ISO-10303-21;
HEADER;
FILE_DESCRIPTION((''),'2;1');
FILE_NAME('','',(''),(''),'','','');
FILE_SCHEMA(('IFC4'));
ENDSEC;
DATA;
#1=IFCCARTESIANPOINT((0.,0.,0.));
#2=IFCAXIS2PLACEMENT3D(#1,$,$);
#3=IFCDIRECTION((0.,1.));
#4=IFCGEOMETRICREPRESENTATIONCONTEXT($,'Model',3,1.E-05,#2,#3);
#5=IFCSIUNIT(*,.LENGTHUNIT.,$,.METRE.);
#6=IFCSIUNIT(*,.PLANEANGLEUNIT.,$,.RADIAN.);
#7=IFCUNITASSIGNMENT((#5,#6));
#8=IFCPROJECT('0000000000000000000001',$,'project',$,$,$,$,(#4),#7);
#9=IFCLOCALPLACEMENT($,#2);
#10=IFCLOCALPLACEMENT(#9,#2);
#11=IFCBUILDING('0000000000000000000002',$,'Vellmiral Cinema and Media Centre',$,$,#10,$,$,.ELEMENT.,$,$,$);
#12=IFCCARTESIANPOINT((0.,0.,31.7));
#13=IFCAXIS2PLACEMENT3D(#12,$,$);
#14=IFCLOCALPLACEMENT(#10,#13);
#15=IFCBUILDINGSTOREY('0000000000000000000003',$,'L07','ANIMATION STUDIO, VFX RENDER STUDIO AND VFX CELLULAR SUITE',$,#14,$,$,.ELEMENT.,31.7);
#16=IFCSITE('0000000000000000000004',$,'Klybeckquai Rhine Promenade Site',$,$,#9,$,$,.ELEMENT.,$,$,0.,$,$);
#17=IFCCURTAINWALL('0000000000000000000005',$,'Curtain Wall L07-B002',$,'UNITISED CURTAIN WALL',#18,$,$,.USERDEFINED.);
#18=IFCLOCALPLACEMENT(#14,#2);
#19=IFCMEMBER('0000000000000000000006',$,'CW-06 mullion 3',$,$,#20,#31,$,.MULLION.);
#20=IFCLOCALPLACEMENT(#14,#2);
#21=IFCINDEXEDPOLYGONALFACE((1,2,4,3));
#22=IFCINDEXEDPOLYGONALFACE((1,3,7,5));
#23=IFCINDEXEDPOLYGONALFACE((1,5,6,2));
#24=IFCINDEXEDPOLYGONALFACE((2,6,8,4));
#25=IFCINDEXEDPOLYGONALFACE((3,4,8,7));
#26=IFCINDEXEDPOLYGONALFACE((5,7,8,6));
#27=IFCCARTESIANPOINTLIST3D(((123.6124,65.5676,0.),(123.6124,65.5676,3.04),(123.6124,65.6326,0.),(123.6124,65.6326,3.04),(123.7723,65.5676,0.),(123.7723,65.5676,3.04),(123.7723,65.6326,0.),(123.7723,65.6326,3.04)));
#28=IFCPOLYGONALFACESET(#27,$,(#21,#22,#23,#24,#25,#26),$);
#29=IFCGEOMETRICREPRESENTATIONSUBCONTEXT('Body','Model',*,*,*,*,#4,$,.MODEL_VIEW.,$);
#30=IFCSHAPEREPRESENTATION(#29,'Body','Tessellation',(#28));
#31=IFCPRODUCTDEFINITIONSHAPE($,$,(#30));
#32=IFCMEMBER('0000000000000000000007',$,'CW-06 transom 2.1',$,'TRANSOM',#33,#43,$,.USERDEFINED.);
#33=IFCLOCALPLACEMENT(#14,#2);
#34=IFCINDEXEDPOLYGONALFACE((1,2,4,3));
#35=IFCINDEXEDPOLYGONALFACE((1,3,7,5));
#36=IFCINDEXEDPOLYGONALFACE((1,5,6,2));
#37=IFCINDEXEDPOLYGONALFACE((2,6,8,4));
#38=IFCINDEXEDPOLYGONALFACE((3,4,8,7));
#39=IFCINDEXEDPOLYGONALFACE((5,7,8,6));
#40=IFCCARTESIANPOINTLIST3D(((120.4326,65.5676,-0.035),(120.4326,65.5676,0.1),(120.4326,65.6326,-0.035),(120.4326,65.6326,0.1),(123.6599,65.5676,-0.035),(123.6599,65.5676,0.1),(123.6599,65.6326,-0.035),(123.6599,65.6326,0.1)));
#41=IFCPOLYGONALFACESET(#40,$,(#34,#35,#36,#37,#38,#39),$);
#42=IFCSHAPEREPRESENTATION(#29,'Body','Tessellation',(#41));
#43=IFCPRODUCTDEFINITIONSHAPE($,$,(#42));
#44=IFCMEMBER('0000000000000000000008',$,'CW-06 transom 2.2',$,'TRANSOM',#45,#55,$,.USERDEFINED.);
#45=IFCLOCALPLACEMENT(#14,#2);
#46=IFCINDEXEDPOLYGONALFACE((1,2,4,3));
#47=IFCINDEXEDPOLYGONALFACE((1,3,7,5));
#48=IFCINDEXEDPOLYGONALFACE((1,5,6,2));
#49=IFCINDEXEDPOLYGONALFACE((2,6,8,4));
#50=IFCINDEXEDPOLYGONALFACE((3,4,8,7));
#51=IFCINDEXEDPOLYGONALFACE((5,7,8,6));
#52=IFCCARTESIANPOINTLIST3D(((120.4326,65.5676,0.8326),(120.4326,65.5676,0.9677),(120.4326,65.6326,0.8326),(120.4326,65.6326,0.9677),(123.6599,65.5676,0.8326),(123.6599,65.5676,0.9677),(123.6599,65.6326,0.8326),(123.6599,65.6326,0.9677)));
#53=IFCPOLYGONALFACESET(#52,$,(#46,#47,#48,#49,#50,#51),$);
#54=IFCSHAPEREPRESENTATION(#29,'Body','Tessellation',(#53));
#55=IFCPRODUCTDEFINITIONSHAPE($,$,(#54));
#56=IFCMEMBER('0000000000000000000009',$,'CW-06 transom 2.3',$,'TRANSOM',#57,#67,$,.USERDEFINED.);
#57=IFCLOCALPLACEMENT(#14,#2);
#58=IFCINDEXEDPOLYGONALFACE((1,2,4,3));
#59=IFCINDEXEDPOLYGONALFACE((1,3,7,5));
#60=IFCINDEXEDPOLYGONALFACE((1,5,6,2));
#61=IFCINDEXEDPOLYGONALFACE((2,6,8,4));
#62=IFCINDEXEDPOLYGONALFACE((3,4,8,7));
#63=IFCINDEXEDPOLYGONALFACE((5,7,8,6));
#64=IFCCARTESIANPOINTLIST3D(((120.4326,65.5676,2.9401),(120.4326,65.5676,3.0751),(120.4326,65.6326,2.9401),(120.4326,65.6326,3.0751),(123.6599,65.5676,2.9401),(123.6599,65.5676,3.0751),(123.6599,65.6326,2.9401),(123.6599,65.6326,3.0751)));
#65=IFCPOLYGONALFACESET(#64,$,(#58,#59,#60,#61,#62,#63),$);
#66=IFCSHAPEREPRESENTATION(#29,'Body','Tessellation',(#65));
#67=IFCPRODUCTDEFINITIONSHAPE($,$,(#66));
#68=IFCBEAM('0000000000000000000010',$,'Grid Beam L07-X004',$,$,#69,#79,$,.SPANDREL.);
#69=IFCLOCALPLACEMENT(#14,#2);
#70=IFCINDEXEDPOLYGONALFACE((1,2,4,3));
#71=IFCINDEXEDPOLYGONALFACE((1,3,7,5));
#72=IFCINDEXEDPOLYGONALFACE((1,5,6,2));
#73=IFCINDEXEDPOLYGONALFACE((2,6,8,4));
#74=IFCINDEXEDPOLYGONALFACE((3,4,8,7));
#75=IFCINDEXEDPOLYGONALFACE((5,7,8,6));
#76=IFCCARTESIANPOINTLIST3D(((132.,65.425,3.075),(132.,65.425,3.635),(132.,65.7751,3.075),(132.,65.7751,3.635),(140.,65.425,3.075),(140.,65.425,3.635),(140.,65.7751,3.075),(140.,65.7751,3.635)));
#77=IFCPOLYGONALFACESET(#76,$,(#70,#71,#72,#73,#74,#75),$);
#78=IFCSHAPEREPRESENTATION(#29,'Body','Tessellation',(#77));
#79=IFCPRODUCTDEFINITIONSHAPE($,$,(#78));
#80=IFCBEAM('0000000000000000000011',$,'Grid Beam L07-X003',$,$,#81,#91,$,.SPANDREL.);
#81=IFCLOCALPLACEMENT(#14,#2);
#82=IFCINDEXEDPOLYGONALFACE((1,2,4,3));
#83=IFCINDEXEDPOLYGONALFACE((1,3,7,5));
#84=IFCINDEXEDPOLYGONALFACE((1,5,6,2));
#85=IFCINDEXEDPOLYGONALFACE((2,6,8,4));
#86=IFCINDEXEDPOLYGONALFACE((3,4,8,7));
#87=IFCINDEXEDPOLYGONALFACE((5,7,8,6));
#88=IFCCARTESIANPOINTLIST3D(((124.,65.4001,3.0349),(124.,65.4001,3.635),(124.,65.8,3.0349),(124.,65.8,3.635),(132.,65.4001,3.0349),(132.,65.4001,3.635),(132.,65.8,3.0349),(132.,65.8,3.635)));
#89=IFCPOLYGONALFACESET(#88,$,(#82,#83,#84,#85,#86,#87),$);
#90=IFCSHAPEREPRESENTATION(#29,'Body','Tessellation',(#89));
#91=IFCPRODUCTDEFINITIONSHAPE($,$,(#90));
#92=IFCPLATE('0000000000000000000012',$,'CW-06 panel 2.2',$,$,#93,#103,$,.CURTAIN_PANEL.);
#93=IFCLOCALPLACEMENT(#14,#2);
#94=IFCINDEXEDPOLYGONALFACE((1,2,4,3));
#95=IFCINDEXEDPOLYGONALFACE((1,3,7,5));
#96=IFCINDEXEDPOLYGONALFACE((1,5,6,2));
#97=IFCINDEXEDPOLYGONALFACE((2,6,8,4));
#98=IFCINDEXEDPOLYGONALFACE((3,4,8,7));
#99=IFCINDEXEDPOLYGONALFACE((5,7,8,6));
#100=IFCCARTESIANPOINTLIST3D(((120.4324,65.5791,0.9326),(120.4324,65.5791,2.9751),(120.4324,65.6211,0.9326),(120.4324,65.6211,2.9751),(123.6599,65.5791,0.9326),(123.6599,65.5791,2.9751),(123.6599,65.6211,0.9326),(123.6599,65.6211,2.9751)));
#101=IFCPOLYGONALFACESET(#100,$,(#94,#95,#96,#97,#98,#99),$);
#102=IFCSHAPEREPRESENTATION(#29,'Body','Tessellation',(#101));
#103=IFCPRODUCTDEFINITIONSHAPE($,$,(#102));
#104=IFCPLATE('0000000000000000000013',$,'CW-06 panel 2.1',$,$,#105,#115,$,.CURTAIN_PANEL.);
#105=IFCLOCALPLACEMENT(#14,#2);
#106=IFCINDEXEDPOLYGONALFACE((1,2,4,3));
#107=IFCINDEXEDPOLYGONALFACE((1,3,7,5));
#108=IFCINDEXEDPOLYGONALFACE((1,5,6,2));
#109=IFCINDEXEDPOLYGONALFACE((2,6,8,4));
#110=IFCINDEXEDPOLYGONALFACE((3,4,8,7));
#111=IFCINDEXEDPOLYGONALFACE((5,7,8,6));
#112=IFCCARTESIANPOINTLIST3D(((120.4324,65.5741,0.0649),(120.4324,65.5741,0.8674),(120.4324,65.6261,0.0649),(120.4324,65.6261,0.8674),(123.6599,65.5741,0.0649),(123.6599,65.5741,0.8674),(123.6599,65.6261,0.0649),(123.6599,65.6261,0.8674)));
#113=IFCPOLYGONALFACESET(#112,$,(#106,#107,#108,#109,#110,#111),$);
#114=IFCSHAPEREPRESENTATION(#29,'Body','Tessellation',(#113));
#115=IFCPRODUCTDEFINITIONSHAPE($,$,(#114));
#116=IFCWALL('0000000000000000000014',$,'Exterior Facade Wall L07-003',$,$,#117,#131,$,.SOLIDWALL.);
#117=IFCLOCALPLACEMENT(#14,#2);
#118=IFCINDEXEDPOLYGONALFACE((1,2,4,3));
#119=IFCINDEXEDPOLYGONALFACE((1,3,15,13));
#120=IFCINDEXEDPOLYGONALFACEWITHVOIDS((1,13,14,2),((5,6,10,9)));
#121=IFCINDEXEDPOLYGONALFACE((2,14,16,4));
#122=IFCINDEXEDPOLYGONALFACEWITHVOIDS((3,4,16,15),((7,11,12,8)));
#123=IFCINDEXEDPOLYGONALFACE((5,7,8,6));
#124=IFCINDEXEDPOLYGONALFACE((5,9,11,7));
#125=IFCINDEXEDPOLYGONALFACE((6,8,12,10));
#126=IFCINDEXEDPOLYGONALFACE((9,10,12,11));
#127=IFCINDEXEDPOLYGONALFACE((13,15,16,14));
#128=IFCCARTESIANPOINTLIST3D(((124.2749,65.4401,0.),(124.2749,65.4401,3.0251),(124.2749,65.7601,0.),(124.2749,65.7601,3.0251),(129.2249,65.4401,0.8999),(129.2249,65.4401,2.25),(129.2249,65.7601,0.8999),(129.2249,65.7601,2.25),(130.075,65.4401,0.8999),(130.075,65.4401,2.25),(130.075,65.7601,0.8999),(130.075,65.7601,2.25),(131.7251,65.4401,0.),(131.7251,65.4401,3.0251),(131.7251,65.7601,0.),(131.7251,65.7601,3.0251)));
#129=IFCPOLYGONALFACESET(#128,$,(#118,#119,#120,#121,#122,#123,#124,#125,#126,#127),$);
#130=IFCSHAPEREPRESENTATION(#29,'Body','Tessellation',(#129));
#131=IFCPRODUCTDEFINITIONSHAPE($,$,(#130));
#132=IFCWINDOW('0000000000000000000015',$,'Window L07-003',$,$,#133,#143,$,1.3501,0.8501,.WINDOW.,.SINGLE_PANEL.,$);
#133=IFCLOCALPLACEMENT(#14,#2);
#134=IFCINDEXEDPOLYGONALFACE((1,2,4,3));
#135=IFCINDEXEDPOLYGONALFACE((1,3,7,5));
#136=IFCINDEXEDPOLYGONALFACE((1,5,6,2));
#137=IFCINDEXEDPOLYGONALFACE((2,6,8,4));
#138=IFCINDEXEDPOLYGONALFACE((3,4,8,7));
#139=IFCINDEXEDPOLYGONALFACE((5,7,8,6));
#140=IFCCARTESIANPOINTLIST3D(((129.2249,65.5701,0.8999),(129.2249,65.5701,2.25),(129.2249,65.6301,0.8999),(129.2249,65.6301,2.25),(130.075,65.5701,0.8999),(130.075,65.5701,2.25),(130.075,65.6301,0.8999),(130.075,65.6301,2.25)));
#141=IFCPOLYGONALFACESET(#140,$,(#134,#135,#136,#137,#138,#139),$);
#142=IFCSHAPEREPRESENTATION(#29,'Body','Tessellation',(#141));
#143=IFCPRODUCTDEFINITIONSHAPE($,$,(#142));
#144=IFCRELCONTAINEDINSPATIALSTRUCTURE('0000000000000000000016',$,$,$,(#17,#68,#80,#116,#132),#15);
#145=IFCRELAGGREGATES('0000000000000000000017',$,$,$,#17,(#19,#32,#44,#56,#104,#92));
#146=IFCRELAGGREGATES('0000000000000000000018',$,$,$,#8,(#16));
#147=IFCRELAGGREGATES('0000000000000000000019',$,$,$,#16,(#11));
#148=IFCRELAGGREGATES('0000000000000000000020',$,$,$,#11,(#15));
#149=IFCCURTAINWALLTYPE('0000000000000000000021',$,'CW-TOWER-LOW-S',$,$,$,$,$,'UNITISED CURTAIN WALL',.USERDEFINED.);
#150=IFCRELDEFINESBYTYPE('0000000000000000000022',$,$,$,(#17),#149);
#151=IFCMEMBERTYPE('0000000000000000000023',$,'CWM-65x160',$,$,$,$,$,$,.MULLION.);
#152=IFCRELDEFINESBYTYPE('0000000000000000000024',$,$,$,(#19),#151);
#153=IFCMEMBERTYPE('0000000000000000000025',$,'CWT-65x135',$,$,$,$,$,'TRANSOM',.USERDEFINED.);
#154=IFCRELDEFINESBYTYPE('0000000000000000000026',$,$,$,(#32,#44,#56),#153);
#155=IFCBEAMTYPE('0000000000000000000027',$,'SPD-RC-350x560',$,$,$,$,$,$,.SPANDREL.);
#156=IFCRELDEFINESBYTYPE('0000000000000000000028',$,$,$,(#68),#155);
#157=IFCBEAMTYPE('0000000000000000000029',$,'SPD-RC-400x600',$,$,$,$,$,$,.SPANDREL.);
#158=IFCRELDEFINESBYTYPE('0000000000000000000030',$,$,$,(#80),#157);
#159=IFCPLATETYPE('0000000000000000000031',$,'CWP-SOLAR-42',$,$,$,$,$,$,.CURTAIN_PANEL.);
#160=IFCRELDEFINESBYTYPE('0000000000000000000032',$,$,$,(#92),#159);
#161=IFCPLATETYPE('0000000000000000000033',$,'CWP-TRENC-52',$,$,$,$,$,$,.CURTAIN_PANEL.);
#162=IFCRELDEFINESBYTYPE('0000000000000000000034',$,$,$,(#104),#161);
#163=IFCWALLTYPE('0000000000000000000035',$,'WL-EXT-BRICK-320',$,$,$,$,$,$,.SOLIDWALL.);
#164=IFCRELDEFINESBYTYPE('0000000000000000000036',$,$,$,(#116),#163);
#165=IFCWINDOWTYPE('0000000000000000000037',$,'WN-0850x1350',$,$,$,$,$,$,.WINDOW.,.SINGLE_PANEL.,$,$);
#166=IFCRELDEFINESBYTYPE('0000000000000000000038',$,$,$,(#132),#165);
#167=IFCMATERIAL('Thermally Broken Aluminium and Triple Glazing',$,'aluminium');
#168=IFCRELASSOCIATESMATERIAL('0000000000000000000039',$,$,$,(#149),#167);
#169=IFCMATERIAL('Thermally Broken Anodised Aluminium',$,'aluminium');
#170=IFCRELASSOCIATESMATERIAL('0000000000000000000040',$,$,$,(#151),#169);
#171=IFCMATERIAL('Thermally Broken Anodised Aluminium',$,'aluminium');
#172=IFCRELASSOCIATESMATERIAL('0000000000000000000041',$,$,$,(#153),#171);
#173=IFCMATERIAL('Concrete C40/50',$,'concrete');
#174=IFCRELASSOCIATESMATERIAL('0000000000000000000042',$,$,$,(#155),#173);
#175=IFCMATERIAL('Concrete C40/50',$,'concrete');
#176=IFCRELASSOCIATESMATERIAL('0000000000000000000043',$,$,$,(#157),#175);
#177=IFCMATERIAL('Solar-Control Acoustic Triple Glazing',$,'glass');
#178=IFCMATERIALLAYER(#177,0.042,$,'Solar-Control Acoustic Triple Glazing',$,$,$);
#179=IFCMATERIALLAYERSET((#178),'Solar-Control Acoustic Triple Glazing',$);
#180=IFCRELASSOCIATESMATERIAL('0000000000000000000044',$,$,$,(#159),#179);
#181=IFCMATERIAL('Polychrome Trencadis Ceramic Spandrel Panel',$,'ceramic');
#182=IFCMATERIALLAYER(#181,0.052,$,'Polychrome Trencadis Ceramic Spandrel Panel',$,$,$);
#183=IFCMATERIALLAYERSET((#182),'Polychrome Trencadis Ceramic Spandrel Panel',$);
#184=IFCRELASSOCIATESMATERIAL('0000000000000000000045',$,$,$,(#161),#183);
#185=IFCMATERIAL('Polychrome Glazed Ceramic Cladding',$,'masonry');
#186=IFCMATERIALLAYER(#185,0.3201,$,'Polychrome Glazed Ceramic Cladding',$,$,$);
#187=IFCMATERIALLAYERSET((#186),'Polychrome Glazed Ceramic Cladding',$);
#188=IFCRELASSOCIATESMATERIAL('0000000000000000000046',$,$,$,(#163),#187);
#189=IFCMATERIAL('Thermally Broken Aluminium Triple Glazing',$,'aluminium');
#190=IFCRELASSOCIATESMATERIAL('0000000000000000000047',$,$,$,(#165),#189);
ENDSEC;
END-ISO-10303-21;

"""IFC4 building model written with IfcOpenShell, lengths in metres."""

from ifc_helpers import new_model, si_unit, direction, frame, frame_2d, origin, origin_2d, place, context, subcontext, project, spatial, rectangle, extrude, material, layer, layer_set, material_profile, profile_set, type_object, element, fill, aggregate, save


model = new_model("IFC4")

# Units and contexts
model_context = context("Model", 3, precision=1e-05, world=origin(), true_north=direction((0.0, 1.0)))
body_context = subcontext(model_context, "Body", "Model", "MODEL_VIEW")
ifc_project = project(units=[si_unit("LENGTHUNIT", "METRE"), si_unit("PLANEANGLEUNIT", "RADIAN")], contexts=[model_context])

# Site, building, storey
site_placement = place(None, origin())
site = spatial("IfcSite", under=ifc_project, at=site_placement, Name="Klybeckquai Rhine Promenade Site", CompositionType="ELEMENT", RefElevation=0.0)
building_placement = place(site_placement, origin())
building = spatial("IfcBuilding", under=site, at=building_placement, Name="Vellmiral Cinema and Media Centre", CompositionType="ELEMENT")
storey_placement = place(building_placement, frame((0.0, 0.0, 31.7)))
storey = spatial("IfcBuildingStorey", under=building, at=storey_placement, Name="L07", Description="ANIMATION STUDIO, VFX RENDER STUDIO AND VFX CELLULAR SUITE", CompositionType="ELEMENT", Elevation=31.7)

# Curtain wall, members
ifc_material_1 = material(Name="Thermally Broken Aluminium and Triple Glazing", Category="aluminium")
curtain_wall_type = type_object("IfcCurtainWallType", Name="CW-TOWER-LOW-S", ElementType="UNITISED CURTAIN WALL", PredefinedType="USERDEFINED", material=ifc_material_1)
curtain_wall_placement = place(storey_placement, origin())
curtain_wall = element("IfcCurtainWall", 1, at=curtain_wall_placement, inside=storey, type_object=curtain_wall_type, Name="Curtain Wall L07-B002", ObjectType="UNITISED CURTAIN WALL", PredefinedType="USERDEFINED")
ifc_material_2 = material(Name="Thermally Broken Anodised Aluminium", Category="aluminium")
ifc_material_profile_1 = material_profile(ifc_material_2, rectangle(XDim=0.0649, YDim=0.1599, at=origin_2d()), Name="MULL 65x160")
ifc_profile_set_1 = profile_set([ifc_material_profile_1], Name="Thermally Broken Anodised Aluminium")
member_type_1 = type_object("IfcMemberType", Name="CWM-65x160", PredefinedType="MULLION", material=ifc_profile_set_1)
member_1_placement = place(storey_placement, frame((123.6924, 65.6001, 0.0), z_axis=(0.0, 0.0, 1.0), x_axis=(0.0, 1.0, 0.0)))
member_1 = element("IfcMember", 2, at=member_1_placement, type_object=member_type_1, Name="CW-06 mullion 3", PredefinedType="MULLION", context=body_context, shape_type="SweptSolid", body=[
    extrude(rectangle(XDim=0.0649, YDim=0.1599, at=origin_2d()), origin(), (0.0, 0.0, 1.0), 3.04),
])
ifc_material_3 = material(Name="Thermally Broken Anodised Aluminium", Category="aluminium")
ifc_material_profile_2 = material_profile(ifc_material_3, rectangle(XDim=0.0649, YDim=0.135, at=origin_2d()), Name="MULL 65x135")
ifc_profile_set_2 = profile_set([ifc_material_profile_2], Name="Thermally Broken Anodised Aluminium")
member_type_2 = type_object("IfcMemberType", Name="CWT-65x135", ElementType="TRANSOM", PredefinedType="USERDEFINED", material=ifc_profile_set_2)
member_2_placement = place(storey_placement, frame((120.4326, 65.6001, 0.0325), z_axis=(1.0, 0.0, 0.0), x_axis=(0.0, 1.0, 0.0)))
member_2 = element("IfcMember", 3, at=member_2_placement, type_object=member_type_2, Name="CW-06 transom 2.1", ObjectType="TRANSOM", PredefinedType="USERDEFINED", context=body_context, shape_type="SweptSolid", body=[
    extrude(rectangle(XDim=0.0649, YDim=0.135, at=origin_2d()), origin(), (0.0, 0.0, 1.0), 3.2273),
])
member_3_placement = place(storey_placement, frame((120.4326, 65.6001, 0.9001), z_axis=(1.0, 0.0, 0.0), x_axis=(0.0, 1.0, 0.0)))
member_3 = element("IfcMember", 4, at=member_3_placement, type_object=member_type_2, Name="CW-06 transom 2.2", ObjectType="TRANSOM", PredefinedType="USERDEFINED", context=body_context, shape_type="SweptSolid", body=[
    extrude(rectangle(XDim=0.0649, YDim=0.135, at=origin_2d()), origin(), (0.0, 0.0, 1.0), 3.2273),
])
member_4_placement = place(storey_placement, frame((120.4326, 65.6001, 3.0076), z_axis=(1.0, 0.0, 0.0), x_axis=(0.0, 1.0, 0.0)))
member_4 = element("IfcMember", 5, at=member_4_placement, type_object=member_type_2, Name="CW-06 transom 2.3", ObjectType="TRANSOM", PredefinedType="USERDEFINED", context=body_context, shape_type="SweptSolid", body=[
    extrude(rectangle(XDim=0.0649, YDim=0.135, at=origin_2d()), origin(), (0.0, 0.0, 1.0), 3.2273),
])

# Beams
ifc_material_4 = material(Name="Concrete C40/50", Category="concrete")
ifc_material_profile_3 = material_profile(ifc_material_4, rectangle(XDim=0.3501, YDim=0.5601, at=origin_2d()), Name="RC 350x560")
ifc_profile_set_3 = profile_set([ifc_material_profile_3], Name="Concrete C40/50")
beam_type_1 = type_object("IfcBeamType", Name="SPD-RC-350x560", PredefinedType="SPANDREL", material=ifc_profile_set_3)
beam_1_placement = place(storey_placement, frame((132.0, 65.6001, 3.355), z_axis=(1.0, 0.0, 0.0), x_axis=(0.0, 1.0, 0.0)))
element("IfcBeam", 6, at=beam_1_placement, inside=storey, type_object=beam_type_1, Name="Grid Beam L07-X004", PredefinedType="SPANDREL", context=body_context, shape_type="SweptSolid", body=[
    extrude(rectangle(XDim=0.3501, YDim=0.5601, at=origin_2d()), origin(), (0.0, 0.0, 1.0), 8.0),
])
ifc_material_5 = material(Name="Concrete C40/50", Category="concrete")
ifc_material_profile_4 = material_profile(ifc_material_5, rectangle(XDim=0.3999, YDim=0.6001, at=origin_2d()), Name="RC 400x600")
ifc_profile_set_4 = profile_set([ifc_material_profile_4], Name="Concrete C40/50")
beam_type_2 = type_object("IfcBeamType", Name="SPD-RC-400x600", PredefinedType="SPANDREL", material=ifc_profile_set_4)
beam_2_placement = place(storey_placement, frame((124.0, 65.6001, 3.335), z_axis=(1.0, 0.0, 0.0), x_axis=(0.0, 1.0, 0.0)))
element("IfcBeam", 7, at=beam_2_placement, inside=storey, type_object=beam_type_2, Name="Grid Beam L07-X003", PredefinedType="SPANDREL", context=body_context, shape_type="SweptSolid", body=[
    extrude(rectangle(XDim=0.3999, YDim=0.6001, at=origin_2d()), origin(), (0.0, 0.0, 1.0), 8.0),
])

# Plates
ifc_material_6 = material(Name="Solar-Control Acoustic Triple Glazing", Category="glass")
ifc_layer_1 = layer(ifc_material_6, 0.042, Name="Solar-Control Acoustic Triple Glazing")
ifc_layer_set_1 = layer_set([ifc_layer_1], Name="Solar-Control Acoustic Triple Glazing")
plate_type_1 = type_object("IfcPlateType", Name="CWP-SOLAR-42", PredefinedType="CURTAIN_PANEL", material=ifc_layer_set_1)
plate_1_placement = place(storey_placement, frame((122.0461, 65.6001, 0.9326), z_axis=(0.0, 0.0, 1.0), x_axis=(1.0, 0.0, 0.0)))
plate_1 = element("IfcPlate", 8, at=plate_1_placement, type_object=plate_type_1, Name="CW-06 panel 2.2", PredefinedType="CURTAIN_PANEL", context=body_context, shape_type="SweptSolid", body=[
    extrude(rectangle(XDim=3.2275, YDim=0.042, at=origin_2d()), origin(), (0.0, 0.0, 1.0), 2.0425),
])
ifc_material_7 = material(Name="Polychrome Trencadis Ceramic Spandrel Panel", Category="ceramic")
ifc_layer_2 = layer(ifc_material_7, 0.052, Name="Polychrome Trencadis Ceramic Spandrel Panel")
ifc_layer_set_2 = layer_set([ifc_layer_2], Name="Polychrome Trencadis Ceramic Spandrel Panel")
plate_type_2 = type_object("IfcPlateType", Name="CWP-TRENC-52", PredefinedType="CURTAIN_PANEL", material=ifc_layer_set_2)
plate_2_placement = place(storey_placement, frame((122.0461, 65.6001, 0.0649), z_axis=(0.0, 0.0, 1.0), x_axis=(1.0, 0.0, 0.0)))
plate_2 = element("IfcPlate", 9, at=plate_2_placement, type_object=plate_type_2, Name="CW-06 panel 2.1", PredefinedType="CURTAIN_PANEL", context=body_context, shape_type="SweptSolid", body=[
    extrude(rectangle(XDim=3.2275, YDim=0.052, at=origin_2d()), origin(), (0.0, 0.0, 1.0), 0.8025),
])
aggregate(curtain_wall, [member_1, member_2, member_3, member_4, plate_2, plate_1])

# Wall, opening, window
ifc_material_8 = material(Name="Polychrome Glazed Ceramic Cladding", Category="masonry")
ifc_layer_3 = layer(ifc_material_8, 0.3201, Name="Polychrome Glazed Ceramic Cladding")
ifc_layer_set_3 = layer_set([ifc_layer_3], Name="Polychrome Glazed Ceramic Cladding")
wall_type_1 = type_object("IfcWallType", Name="WL-EXT-BRICK-320", PredefinedType="SOLIDWALL", material=ifc_layer_set_3)
wall_1_placement = place(storey_placement, frame((124.2749, 65.6001, 0.0), z_axis=(0.0, 0.0, 1.0), x_axis=(1.0, 0.0, 0.0)))
wall_1 = element("IfcWall", 10, at=wall_1_placement, inside=storey, type_object=wall_type_1, Name="Exterior Facade Wall L07-003", PredefinedType="SOLIDWALL", context=body_context, shape_type="SweptSolid", body=[
    extrude(rectangle(XDim=7.4502, YDim=0.3201, at=frame_2d((3.7251, 0.0))), origin(), (0.0, 0.0, 1.0), 3.0251),
])
opening_1_placement = place(wall_1_placement, frame((4.95, 0.0, 0.8999)))
opening_1 = element("IfcOpeningElement", 11, at=opening_1_placement, cuts=wall_1, PredefinedType="OPENING", context=body_context, shape_type="SweptSolid", body=[
    extrude(rectangle(XDim=0.8501, YDim=1.3501, at=frame_2d((0.425, 0.675))), frame((0.0, 0.1719, 0.0), z_axis=(0.0, -1.0, 0.0), x_axis=(1.0, 0.0, 0.0)), (0.0, 0.0, 1.0), 0.344),
])
ifc_material_9 = material(Name="Thermally Broken Aluminium Triple Glazing", Category="aluminium")
window_type = type_object("IfcWindowType", Name="WN-0850x1350", PartitioningType="SINGLE_PANEL", PredefinedType="WINDOW", material=ifc_material_9)
window_placement = place(opening_1_placement, origin())
window = element("IfcWindow", 12, at=window_placement, inside=storey, type_object=window_type, Name="Window L07-003", OverallHeight=1.3501, OverallWidth=0.8501, PartitioningType="SINGLE_PANEL", PredefinedType="WINDOW", context=body_context, shape_type="SweptSolid", body=[
    extrude(rectangle(XDim=0.8501, YDim=1.3501, at=frame_2d((0.425, 0.675))), frame((0.0, 0.03, 0.0), z_axis=(0.0, -1.0, 0.0), x_axis=(1.0, 0.0, 0.0)), (0.0, 0.0, 1.0), 0.0601),
])
fill(opening_1, window)

save(model, "model.ifc")
